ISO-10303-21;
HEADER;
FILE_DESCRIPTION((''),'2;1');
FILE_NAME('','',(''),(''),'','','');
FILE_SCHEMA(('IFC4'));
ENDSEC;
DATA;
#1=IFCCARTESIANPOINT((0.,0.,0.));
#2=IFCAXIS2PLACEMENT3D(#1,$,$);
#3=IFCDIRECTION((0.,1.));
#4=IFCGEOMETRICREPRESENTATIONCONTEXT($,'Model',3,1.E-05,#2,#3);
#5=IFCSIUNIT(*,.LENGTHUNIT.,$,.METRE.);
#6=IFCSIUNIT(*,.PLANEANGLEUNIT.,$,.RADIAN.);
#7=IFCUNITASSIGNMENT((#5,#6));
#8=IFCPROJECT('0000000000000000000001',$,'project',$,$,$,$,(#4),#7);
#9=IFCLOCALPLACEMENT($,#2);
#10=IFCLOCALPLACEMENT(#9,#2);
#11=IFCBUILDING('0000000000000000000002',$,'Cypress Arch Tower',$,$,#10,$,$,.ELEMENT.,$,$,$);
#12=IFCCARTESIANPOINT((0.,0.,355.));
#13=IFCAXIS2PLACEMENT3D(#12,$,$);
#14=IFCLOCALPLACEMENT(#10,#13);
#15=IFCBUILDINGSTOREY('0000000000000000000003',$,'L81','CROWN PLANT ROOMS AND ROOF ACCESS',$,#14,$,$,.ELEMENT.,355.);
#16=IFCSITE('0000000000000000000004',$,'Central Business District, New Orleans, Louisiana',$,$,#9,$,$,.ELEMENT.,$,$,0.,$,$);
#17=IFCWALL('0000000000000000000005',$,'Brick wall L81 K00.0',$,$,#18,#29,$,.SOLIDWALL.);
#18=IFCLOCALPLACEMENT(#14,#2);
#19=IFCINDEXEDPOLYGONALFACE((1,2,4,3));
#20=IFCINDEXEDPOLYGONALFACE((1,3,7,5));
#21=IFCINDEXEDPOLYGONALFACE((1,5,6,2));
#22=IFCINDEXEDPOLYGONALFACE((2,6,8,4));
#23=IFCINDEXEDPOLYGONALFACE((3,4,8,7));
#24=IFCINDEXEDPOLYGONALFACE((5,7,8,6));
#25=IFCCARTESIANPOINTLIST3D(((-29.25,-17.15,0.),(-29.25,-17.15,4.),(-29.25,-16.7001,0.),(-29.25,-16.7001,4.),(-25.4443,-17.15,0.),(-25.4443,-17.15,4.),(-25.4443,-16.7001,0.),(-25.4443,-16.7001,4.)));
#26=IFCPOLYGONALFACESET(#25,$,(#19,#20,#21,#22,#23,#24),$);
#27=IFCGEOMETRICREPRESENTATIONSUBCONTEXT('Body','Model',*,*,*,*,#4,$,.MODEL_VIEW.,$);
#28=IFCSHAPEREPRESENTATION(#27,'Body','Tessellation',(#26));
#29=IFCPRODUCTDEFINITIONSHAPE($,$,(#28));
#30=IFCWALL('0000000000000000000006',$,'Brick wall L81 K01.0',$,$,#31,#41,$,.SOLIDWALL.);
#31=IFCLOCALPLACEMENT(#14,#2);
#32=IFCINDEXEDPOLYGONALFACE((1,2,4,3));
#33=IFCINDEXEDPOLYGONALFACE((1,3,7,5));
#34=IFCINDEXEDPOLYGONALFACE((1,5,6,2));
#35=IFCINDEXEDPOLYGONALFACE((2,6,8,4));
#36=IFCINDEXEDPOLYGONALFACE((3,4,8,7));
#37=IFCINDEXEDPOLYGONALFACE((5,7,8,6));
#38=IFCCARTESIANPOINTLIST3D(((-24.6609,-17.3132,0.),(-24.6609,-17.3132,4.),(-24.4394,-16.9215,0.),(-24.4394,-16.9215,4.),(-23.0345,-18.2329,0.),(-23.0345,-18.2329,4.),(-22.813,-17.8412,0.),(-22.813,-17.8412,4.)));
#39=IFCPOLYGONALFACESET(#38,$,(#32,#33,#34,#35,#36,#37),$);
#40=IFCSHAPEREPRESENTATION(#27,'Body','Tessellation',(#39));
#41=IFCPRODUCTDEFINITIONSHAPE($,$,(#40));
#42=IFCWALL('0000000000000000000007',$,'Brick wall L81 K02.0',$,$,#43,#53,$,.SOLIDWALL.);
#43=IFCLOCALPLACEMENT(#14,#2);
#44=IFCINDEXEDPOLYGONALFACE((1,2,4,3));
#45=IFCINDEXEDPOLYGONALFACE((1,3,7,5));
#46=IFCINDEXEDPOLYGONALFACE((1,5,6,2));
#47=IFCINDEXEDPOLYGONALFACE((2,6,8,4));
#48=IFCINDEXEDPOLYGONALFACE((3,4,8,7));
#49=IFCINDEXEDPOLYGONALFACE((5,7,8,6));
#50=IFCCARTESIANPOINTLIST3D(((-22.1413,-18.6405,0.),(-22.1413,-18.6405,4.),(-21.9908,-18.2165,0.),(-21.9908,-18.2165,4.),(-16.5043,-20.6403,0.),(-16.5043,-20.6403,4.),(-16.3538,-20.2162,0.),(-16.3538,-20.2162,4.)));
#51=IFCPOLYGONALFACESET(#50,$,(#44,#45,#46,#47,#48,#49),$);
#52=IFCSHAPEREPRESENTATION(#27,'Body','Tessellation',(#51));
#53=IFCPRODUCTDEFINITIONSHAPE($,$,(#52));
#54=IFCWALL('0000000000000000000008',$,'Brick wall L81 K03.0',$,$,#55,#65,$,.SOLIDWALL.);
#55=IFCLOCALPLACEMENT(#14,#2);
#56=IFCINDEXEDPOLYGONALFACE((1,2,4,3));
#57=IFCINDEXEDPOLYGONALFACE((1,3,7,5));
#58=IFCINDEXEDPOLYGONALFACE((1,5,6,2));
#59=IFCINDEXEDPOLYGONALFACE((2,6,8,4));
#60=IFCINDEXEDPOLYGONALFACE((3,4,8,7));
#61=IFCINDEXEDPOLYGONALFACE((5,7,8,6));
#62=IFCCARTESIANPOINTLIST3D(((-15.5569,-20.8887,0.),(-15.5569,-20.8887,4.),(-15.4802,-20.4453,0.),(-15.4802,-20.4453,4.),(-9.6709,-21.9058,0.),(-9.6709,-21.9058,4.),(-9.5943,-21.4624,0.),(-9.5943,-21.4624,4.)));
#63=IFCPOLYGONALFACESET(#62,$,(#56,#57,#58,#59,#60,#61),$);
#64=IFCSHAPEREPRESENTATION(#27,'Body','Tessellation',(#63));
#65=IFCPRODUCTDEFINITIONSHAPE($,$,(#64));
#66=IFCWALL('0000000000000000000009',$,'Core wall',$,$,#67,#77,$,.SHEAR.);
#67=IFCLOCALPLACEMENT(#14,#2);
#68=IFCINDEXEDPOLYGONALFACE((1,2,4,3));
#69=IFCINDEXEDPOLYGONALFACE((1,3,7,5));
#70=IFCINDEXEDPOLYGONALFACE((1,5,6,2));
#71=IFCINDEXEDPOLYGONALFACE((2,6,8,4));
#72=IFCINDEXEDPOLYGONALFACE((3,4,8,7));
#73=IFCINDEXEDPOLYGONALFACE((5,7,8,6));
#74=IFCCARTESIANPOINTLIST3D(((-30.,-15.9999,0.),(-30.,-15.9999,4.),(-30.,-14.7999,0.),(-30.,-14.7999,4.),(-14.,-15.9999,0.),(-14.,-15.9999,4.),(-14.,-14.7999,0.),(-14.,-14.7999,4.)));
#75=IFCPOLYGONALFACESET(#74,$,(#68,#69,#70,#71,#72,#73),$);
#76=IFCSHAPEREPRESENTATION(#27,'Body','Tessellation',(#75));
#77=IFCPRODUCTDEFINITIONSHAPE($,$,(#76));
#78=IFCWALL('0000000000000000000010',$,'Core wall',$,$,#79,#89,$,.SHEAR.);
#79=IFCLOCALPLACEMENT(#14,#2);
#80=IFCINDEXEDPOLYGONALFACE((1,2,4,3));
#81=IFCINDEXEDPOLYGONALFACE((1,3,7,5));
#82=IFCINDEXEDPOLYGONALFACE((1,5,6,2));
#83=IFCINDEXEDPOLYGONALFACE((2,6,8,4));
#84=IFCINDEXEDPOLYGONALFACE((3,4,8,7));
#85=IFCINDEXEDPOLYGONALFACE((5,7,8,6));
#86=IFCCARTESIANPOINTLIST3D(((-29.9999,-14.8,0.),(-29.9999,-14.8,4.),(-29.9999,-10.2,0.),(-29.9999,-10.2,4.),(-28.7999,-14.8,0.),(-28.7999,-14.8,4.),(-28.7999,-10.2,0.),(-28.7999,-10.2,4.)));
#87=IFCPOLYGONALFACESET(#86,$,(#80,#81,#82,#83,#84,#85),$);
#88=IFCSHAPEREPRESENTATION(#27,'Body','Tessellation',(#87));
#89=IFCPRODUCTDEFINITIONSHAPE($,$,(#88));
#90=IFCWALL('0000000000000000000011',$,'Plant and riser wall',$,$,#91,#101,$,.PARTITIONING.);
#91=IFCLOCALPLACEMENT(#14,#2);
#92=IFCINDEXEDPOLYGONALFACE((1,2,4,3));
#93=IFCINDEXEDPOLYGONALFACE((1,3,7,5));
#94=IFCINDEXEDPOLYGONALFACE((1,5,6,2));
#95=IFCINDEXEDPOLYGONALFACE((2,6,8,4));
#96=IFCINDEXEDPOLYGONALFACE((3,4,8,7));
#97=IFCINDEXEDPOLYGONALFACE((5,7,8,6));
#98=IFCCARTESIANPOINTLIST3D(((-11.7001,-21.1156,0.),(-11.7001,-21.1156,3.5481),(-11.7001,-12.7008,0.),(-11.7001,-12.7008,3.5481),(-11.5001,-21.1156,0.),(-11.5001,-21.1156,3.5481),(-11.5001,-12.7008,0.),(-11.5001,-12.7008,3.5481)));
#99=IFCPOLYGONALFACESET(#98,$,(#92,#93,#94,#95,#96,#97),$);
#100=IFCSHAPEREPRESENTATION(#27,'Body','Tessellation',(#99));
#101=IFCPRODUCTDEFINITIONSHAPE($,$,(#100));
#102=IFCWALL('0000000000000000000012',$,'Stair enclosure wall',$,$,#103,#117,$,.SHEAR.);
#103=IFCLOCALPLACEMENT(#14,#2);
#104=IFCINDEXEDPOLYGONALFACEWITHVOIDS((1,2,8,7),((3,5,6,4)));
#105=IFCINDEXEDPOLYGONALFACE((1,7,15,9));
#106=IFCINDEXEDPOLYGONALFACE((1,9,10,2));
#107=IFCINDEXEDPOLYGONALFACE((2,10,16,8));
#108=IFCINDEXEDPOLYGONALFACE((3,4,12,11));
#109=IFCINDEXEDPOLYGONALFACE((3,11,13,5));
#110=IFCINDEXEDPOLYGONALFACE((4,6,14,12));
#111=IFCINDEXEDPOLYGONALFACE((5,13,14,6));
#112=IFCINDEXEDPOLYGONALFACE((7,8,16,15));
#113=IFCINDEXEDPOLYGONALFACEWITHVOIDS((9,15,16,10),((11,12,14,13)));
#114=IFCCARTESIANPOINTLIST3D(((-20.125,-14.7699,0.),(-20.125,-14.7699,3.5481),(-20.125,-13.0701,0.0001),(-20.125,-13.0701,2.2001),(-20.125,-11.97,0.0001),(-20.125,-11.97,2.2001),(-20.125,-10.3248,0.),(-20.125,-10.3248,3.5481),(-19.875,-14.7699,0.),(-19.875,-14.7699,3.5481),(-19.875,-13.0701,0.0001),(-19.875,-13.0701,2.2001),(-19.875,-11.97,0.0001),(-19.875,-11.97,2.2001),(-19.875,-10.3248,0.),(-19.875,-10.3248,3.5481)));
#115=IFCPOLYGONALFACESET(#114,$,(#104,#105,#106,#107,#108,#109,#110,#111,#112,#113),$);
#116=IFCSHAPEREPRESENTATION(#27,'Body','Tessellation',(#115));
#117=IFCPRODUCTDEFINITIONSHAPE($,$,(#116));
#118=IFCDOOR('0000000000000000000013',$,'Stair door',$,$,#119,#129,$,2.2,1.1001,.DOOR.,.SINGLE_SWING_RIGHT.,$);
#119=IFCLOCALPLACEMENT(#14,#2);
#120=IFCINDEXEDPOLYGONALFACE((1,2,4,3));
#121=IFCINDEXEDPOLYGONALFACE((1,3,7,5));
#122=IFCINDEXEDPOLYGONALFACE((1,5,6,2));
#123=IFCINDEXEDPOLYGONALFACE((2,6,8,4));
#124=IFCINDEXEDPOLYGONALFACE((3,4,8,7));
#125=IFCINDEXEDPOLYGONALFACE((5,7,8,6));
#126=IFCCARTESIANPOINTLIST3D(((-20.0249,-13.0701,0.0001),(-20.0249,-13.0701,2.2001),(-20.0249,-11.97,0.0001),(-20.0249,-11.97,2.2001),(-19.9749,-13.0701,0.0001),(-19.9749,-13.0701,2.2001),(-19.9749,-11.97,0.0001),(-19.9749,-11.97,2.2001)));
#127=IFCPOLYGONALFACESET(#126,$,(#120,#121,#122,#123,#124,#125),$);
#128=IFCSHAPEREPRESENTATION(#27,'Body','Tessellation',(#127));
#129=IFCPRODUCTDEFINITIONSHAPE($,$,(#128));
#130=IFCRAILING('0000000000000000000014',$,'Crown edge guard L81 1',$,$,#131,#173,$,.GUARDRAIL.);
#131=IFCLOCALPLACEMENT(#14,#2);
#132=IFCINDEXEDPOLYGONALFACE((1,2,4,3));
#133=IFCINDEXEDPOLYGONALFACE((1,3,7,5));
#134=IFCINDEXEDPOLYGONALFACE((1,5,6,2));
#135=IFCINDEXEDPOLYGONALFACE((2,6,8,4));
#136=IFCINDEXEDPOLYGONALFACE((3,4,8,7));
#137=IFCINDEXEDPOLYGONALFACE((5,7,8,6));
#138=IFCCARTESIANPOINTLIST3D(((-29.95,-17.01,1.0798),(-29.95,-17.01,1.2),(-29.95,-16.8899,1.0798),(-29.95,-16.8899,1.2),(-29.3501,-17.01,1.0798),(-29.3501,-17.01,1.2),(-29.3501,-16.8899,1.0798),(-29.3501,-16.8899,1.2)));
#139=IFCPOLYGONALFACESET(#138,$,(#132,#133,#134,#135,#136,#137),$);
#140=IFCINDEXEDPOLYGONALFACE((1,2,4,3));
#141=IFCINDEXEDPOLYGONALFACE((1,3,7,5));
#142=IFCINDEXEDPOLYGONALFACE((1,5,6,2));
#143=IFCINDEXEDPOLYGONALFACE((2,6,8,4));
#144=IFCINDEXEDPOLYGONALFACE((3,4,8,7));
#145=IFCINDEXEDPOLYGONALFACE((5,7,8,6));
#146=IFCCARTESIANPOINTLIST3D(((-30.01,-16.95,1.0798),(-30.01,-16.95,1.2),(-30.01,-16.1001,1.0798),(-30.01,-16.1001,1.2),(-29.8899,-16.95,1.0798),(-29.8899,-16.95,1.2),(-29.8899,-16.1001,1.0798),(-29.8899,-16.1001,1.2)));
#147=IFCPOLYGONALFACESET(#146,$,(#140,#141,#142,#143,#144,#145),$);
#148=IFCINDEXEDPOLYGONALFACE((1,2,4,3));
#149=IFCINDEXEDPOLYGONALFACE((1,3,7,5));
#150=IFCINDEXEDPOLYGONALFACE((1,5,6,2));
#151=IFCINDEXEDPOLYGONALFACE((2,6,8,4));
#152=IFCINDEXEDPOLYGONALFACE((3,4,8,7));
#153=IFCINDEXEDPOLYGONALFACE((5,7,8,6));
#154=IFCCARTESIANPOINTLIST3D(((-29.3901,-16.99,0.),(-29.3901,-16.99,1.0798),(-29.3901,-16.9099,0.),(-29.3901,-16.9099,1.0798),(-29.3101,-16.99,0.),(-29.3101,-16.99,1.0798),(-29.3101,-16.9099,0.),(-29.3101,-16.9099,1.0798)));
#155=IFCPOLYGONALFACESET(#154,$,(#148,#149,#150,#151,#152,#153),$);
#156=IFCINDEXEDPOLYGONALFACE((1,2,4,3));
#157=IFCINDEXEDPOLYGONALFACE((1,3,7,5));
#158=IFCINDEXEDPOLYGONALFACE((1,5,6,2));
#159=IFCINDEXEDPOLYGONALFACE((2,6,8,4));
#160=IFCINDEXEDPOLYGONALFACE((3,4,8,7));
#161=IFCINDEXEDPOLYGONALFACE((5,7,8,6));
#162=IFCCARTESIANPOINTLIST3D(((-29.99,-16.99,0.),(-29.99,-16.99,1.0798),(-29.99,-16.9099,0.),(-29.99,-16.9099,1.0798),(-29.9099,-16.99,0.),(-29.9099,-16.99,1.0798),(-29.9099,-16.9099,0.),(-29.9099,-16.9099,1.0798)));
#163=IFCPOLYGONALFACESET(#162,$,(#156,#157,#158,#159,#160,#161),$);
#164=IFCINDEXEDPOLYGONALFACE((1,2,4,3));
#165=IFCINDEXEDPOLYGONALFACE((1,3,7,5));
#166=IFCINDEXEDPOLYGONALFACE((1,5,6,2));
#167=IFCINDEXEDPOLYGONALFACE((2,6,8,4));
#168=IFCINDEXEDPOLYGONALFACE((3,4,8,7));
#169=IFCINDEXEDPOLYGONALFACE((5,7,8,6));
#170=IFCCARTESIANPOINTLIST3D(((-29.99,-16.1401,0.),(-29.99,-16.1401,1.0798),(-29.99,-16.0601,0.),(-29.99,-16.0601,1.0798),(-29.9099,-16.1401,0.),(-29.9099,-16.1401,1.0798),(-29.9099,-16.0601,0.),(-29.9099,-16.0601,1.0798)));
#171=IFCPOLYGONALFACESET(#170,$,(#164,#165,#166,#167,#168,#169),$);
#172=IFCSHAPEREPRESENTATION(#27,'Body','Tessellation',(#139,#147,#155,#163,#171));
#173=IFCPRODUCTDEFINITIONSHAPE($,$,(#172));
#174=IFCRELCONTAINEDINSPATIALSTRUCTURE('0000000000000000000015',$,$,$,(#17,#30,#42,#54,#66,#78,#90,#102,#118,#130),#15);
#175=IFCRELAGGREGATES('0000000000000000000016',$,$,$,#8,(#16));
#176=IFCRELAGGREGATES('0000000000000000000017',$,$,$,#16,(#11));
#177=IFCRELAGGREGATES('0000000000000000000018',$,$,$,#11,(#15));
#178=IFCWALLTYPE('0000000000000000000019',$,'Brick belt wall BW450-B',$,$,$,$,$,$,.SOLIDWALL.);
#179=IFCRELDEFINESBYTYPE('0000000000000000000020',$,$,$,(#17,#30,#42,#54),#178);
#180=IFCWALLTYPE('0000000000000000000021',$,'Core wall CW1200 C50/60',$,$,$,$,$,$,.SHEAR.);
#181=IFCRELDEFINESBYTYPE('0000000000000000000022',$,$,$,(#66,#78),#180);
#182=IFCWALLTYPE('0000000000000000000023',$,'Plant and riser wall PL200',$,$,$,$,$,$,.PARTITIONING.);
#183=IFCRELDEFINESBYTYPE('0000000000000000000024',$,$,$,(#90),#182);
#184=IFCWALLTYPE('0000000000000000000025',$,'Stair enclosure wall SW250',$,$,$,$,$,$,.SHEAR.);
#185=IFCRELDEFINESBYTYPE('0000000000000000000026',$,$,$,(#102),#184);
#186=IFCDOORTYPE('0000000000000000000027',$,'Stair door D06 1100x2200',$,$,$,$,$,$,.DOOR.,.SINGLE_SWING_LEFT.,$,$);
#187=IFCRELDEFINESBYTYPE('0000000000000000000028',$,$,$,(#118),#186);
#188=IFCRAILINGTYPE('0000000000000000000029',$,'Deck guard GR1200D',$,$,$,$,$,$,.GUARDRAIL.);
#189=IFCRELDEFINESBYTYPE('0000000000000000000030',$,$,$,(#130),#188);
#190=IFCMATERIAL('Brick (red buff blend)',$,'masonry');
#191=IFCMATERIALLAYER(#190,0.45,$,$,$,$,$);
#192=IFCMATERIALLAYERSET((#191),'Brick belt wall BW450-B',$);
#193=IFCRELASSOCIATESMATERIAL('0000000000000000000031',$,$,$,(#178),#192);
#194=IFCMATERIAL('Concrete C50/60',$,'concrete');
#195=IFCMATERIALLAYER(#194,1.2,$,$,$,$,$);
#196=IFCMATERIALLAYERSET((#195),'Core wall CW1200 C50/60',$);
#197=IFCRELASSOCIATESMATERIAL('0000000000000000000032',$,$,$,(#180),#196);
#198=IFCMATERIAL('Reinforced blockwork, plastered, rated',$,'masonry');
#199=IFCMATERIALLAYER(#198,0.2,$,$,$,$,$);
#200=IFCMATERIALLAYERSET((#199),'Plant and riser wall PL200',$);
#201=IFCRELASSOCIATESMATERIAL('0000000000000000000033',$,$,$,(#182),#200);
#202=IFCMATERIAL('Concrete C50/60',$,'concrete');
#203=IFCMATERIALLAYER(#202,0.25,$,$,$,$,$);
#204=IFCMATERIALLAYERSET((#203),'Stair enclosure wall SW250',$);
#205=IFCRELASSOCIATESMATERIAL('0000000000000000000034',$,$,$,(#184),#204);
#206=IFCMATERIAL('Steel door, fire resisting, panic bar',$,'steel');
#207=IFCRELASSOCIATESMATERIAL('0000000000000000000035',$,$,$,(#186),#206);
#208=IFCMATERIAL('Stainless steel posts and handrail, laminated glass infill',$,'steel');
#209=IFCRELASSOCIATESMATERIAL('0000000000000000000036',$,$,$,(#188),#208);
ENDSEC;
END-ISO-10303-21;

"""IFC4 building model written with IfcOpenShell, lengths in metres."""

from ifc_helpers import new_model, si_unit, direction, frame, frame_2d, origin, origin_2d, place, context, subcontext, project, spatial, rectangle, extrude, material, layer, layer_set, type_object, element, fill, save


model = new_model("IFC4")

# Units and contexts
model_context = context("Model", 3, precision=1e-05, world=origin(), true_north=direction((0.0, 1.0)))
body_context = subcontext(model_context, "Body", "Model", "MODEL_VIEW")
ifc_project = project(units=[si_unit("LENGTHUNIT", "METRE"), si_unit("PLANEANGLEUNIT", "RADIAN")], contexts=[model_context])

# Site, building, storey
site_placement = place(None, origin())
site = spatial("IfcSite", under=ifc_project, at=site_placement, Name="Central Business District, New Orleans, Louisiana", CompositionType="ELEMENT", RefElevation=0.0)
building_placement = place(site_placement, origin())
building = spatial("IfcBuilding", under=site, at=building_placement, Name="Cypress Arch Tower", CompositionType="ELEMENT")
storey_placement = place(building_placement, frame((0.0, 0.0, 355.0)))
storey = spatial("IfcBuildingStorey", under=building, at=storey_placement, Name="L81", Description="CROWN PLANT ROOMS AND ROOF ACCESS", CompositionType="ELEMENT", Elevation=355.0)

# Walls
ifc_material_1 = material(Name="Brick (red buff blend)", Category="masonry")
ifc_layer_1 = layer(ifc_material_1, 0.45)
ifc_layer_set_1 = layer_set([ifc_layer_1], Name="Brick belt wall BW450-B")
wall_type_1 = type_object("IfcWallType", Name="Brick belt wall BW450-B", PredefinedType="SOLIDWALL", material=ifc_layer_set_1)
wall_1_placement = place(storey_placement, frame((-29.25, -16.925, 0.0), z_axis=(0.0, 0.0, 1.0), x_axis=(1.0, 0.0, 0.0)))
element("IfcWall", 1, at=wall_1_placement, inside=storey, type_object=wall_type_1, Name="Brick wall L81 K00.0", PredefinedType="SOLIDWALL", context=body_context, shape_type="SweptSolid", body=[
    extrude(rectangle(XDim=3.8057, YDim=0.45, at=frame_2d((1.9028, 0.0))), origin(), (0.0, 0.0, 1.0), 4.0),
])
wall_2_placement = place(storey_placement, frame((-24.55, -17.1174, 0.0), z_axis=(0.0, 0.0, 1.0), x_axis=(0.870478, -0.492208, 0.0)))
element("IfcWall", 2, at=wall_2_placement, inside=storey, type_object=wall_type_1, Name="Brick wall L81 K01.0", PredefinedType="SOLIDWALL", context=body_context, shape_type="SweptSolid", body=[
    extrude(rectangle(XDim=1.8684, YDim=0.45, at=frame_2d((0.9341, 0.0))), origin(), (0.0, 0.0, 1.0), 4.0),
])
wall_3_placement = place(storey_placement, frame((-22.0662, -18.4285, 0.0), z_axis=(0.0, 0.0, 1.0), x_axis=(0.942452, -0.334342, 0.0)))
element("IfcWall", 3, at=wall_3_placement, inside=storey, type_object=wall_type_1, Name="Brick wall L81 K02.0", PredefinedType="SOLIDWALL", context=body_context, shape_type="SweptSolid", body=[
    extrude(rectangle(XDim=5.9812, YDim=0.45, at=frame_2d((2.9907, 0.0))), origin(), (0.0, 0.0, 1.0), 4.0),
])
wall_4_placement = place(storey_placement, frame((-15.5186, -20.667, 0.0), z_axis=(0.0, 0.0, 1.0), x_axis=(0.985397, -0.170275, 0.0)))
element("IfcWall", 4, at=wall_4_placement, inside=storey, type_object=wall_type_1, Name="Brick wall L81 K03.0", PredefinedType="SOLIDWALL", context=body_context, shape_type="SweptSolid", body=[
    extrude(rectangle(XDim=5.9731, YDim=0.45, at=frame_2d((2.9866, 0.0))), origin(), (0.0, 0.0, 1.0), 4.0),
])
ifc_material_2 = material(Name="Concrete C50/60", Category="concrete")
ifc_layer_2 = layer(ifc_material_2, 1.2)
ifc_layer_set_2 = layer_set([ifc_layer_2], Name="Core wall CW1200 C50/60")
wall_type_2 = type_object("IfcWallType", Name="Core wall CW1200 C50/60", PredefinedType="SHEAR", material=ifc_layer_set_2)
wall_5_placement = place(storey_placement, frame((-30.0, -15.3999, 0.0), z_axis=(0.0, 0.0, 1.0), x_axis=(1.0, 0.0, 0.0)))
element("IfcWall", 5, at=wall_5_placement, inside=storey, type_object=wall_type_2, Name="Core wall", PredefinedType="SHEAR", context=body_context, shape_type="SweptSolid", body=[
    extrude(rectangle(XDim=16.0, YDim=1.2, at=frame_2d((8.0, 0.0))), origin(), (0.0, 0.0, 1.0), 4.0),
])
wall_6_placement = place(storey_placement, frame((-29.3999, -14.8, 0.0), z_axis=(0.0, 0.0, 1.0), x_axis=(0.0, 1.0, 0.0)))
element("IfcWall", 6, at=wall_6_placement, inside=storey, type_object=wall_type_2, Name="Core wall", PredefinedType="SHEAR", context=body_context, shape_type="SweptSolid", body=[
    extrude(rectangle(XDim=4.6001, YDim=1.2, at=frame_2d((2.3, 0.0))), origin(), (0.0, 0.0, 1.0), 4.0),
])

# Shared definitions
ifc_material_3 = material(Name="Reinforced blockwork, plastered, rated", Category="masonry")
ifc_layer_3 = layer(ifc_material_3, 0.2)
ifc_layer_set_3 = layer_set([ifc_layer_3], Name="Plant and riser wall PL200")
wall_type_3 = type_object("IfcWallType", Name="Plant and riser wall PL200", PredefinedType="PARTITIONING", material=ifc_layer_set_3)

# Wall
wall_7_placement = place(storey_placement, frame((-11.6001, -21.1157, 0.0), z_axis=(0.0, 0.0, 1.0), x_axis=(0.0, 1.0, 0.0)))
element("IfcWall", 7, at=wall_7_placement, inside=storey, type_object=wall_type_3, Name="Plant and riser wall", PredefinedType="PARTITIONING", context=body_context, shape_type="SweptSolid", body=[
    extrude(rectangle(XDim=8.4148, YDim=0.2, at=frame_2d((4.2075, 0.0))), origin(), (0.0, 0.0, 1.0), 3.5481),
])

# Wall, opening, door
ifc_material_4 = material(Name="Concrete C50/60", Category="concrete")
ifc_layer_4 = layer(ifc_material_4, 0.25)
ifc_layer_set_4 = layer_set([ifc_layer_4], Name="Stair enclosure wall SW250")
wall_type_4 = type_object("IfcWallType", Name="Stair enclosure wall SW250", PredefinedType="SHEAR", material=ifc_layer_set_4)
wall_8_placement = place(storey_placement, frame((-20.0, -14.77, 0.0), z_axis=(0.0, 0.0, 1.0), x_axis=(0.0, 1.0, 0.0)))
wall_8 = element("IfcWall", 8, at=wall_8_placement, inside=storey, type_object=wall_type_4, Name="Stair enclosure wall", PredefinedType="SHEAR", context=body_context, shape_type="SweptSolid", body=[
    extrude(rectangle(XDim=4.4451, YDim=0.25, at=frame_2d((2.2227, 0.0))), origin(), (0.0, 0.0, 1.0), 3.5481),
])
opening_1_placement = place(wall_8_placement, frame((1.7, 0.0, 0.0)))
opening_1 = element("IfcOpeningElement", 9, at=opening_1_placement, cuts=wall_8, PredefinedType="OPENING", context=body_context, shape_type="SweptSolid", body=[
    extrude(rectangle(XDim=1.1001, YDim=2.2, at=frame_2d((0.55, 1.1001))), frame((0.0, 0.135, 0.0), z_axis=(0.0, -1.0, 0.0), x_axis=(1.0, 0.0, 0.0)), (0.0, 0.0, 1.0), 0.27),
])
ifc_material_5 = material(Name="Steel door, fire resisting, panic bar", Category="steel")
door_type_1 = type_object("IfcDoorType", Name="Stair door D06 1100x2200", OperationType="SINGLE_SWING_LEFT", PredefinedType="DOOR", material=ifc_material_5)
door_1_placement = place(opening_1_placement, origin())
door_1 = element("IfcDoor", 10, at=door_1_placement, inside=storey, type_object=door_type_1, Name="Stair door", OperationType="SINGLE_SWING_RIGHT", OverallHeight=2.2, OverallWidth=1.1001, PredefinedType="DOOR", context=body_context, shape_type="SweptSolid", body=[
    extrude(rectangle(XDim=1.1001, YDim=2.2, at=frame_2d((0.55, 1.1001))), frame((0.0, 0.0249, 0.0), z_axis=(0.0, -1.0, 0.0), x_axis=(1.0, 0.0, 0.0)), (0.0, 0.0, 1.0), 0.05),
])
fill(opening_1, door_1)

# Railing
ifc_material_6 = material(Name="Stainless steel posts and handrail, laminated glass infill", Category="steel")
railing_type = type_object("IfcRailingType", Name="Deck guard GR1200D", PredefinedType="GUARDRAIL", material=ifc_material_6)
railing_1_placement = place(storey_placement, frame((-29.3501, -16.95, 0.0)))
element("IfcRailing", 11, at=railing_1_placement, inside=storey, type_object=railing_type, Name="Crown edge guard L81 1", PredefinedType="GUARDRAIL", context=body_context, shape_type="SweptSolid", body=[
    extrude(rectangle(XDim=0.1201, YDim=0.1201, at=origin_2d()), frame((0.0, 0.0, 1.1399), z_axis=(-1.0, 0.0, 0.0), x_axis=(0.0, -1.0, 0.0)), (0.0, 0.0, 1.0), 0.5999),
    extrude(rectangle(XDim=0.1201, YDim=0.1201, at=origin_2d()), frame((-0.5999, 0.0, 1.1399), z_axis=(0.0, 1.0, 0.0), x_axis=(-1.0, 0.0, 0.0)), (0.0, 0.0, 1.0), 0.8499),
    extrude(rectangle(XDim=0.0801, YDim=0.0801, at=origin_2d()), origin(), (0.0, 0.0, 1.0), 1.0798),
    extrude(rectangle(XDim=0.0801, YDim=0.0801, at=origin_2d()), frame((-0.5999, 0.0, 0.0)), (0.0, 0.0, 1.0), 1.0798),
    extrude(rectangle(XDim=0.0801, YDim=0.0801, at=origin_2d()), frame((-0.5999, 0.8499, 0.0)), (0.0, 0.0, 1.0), 1.0798),
])

save(model, "model.ifc")
